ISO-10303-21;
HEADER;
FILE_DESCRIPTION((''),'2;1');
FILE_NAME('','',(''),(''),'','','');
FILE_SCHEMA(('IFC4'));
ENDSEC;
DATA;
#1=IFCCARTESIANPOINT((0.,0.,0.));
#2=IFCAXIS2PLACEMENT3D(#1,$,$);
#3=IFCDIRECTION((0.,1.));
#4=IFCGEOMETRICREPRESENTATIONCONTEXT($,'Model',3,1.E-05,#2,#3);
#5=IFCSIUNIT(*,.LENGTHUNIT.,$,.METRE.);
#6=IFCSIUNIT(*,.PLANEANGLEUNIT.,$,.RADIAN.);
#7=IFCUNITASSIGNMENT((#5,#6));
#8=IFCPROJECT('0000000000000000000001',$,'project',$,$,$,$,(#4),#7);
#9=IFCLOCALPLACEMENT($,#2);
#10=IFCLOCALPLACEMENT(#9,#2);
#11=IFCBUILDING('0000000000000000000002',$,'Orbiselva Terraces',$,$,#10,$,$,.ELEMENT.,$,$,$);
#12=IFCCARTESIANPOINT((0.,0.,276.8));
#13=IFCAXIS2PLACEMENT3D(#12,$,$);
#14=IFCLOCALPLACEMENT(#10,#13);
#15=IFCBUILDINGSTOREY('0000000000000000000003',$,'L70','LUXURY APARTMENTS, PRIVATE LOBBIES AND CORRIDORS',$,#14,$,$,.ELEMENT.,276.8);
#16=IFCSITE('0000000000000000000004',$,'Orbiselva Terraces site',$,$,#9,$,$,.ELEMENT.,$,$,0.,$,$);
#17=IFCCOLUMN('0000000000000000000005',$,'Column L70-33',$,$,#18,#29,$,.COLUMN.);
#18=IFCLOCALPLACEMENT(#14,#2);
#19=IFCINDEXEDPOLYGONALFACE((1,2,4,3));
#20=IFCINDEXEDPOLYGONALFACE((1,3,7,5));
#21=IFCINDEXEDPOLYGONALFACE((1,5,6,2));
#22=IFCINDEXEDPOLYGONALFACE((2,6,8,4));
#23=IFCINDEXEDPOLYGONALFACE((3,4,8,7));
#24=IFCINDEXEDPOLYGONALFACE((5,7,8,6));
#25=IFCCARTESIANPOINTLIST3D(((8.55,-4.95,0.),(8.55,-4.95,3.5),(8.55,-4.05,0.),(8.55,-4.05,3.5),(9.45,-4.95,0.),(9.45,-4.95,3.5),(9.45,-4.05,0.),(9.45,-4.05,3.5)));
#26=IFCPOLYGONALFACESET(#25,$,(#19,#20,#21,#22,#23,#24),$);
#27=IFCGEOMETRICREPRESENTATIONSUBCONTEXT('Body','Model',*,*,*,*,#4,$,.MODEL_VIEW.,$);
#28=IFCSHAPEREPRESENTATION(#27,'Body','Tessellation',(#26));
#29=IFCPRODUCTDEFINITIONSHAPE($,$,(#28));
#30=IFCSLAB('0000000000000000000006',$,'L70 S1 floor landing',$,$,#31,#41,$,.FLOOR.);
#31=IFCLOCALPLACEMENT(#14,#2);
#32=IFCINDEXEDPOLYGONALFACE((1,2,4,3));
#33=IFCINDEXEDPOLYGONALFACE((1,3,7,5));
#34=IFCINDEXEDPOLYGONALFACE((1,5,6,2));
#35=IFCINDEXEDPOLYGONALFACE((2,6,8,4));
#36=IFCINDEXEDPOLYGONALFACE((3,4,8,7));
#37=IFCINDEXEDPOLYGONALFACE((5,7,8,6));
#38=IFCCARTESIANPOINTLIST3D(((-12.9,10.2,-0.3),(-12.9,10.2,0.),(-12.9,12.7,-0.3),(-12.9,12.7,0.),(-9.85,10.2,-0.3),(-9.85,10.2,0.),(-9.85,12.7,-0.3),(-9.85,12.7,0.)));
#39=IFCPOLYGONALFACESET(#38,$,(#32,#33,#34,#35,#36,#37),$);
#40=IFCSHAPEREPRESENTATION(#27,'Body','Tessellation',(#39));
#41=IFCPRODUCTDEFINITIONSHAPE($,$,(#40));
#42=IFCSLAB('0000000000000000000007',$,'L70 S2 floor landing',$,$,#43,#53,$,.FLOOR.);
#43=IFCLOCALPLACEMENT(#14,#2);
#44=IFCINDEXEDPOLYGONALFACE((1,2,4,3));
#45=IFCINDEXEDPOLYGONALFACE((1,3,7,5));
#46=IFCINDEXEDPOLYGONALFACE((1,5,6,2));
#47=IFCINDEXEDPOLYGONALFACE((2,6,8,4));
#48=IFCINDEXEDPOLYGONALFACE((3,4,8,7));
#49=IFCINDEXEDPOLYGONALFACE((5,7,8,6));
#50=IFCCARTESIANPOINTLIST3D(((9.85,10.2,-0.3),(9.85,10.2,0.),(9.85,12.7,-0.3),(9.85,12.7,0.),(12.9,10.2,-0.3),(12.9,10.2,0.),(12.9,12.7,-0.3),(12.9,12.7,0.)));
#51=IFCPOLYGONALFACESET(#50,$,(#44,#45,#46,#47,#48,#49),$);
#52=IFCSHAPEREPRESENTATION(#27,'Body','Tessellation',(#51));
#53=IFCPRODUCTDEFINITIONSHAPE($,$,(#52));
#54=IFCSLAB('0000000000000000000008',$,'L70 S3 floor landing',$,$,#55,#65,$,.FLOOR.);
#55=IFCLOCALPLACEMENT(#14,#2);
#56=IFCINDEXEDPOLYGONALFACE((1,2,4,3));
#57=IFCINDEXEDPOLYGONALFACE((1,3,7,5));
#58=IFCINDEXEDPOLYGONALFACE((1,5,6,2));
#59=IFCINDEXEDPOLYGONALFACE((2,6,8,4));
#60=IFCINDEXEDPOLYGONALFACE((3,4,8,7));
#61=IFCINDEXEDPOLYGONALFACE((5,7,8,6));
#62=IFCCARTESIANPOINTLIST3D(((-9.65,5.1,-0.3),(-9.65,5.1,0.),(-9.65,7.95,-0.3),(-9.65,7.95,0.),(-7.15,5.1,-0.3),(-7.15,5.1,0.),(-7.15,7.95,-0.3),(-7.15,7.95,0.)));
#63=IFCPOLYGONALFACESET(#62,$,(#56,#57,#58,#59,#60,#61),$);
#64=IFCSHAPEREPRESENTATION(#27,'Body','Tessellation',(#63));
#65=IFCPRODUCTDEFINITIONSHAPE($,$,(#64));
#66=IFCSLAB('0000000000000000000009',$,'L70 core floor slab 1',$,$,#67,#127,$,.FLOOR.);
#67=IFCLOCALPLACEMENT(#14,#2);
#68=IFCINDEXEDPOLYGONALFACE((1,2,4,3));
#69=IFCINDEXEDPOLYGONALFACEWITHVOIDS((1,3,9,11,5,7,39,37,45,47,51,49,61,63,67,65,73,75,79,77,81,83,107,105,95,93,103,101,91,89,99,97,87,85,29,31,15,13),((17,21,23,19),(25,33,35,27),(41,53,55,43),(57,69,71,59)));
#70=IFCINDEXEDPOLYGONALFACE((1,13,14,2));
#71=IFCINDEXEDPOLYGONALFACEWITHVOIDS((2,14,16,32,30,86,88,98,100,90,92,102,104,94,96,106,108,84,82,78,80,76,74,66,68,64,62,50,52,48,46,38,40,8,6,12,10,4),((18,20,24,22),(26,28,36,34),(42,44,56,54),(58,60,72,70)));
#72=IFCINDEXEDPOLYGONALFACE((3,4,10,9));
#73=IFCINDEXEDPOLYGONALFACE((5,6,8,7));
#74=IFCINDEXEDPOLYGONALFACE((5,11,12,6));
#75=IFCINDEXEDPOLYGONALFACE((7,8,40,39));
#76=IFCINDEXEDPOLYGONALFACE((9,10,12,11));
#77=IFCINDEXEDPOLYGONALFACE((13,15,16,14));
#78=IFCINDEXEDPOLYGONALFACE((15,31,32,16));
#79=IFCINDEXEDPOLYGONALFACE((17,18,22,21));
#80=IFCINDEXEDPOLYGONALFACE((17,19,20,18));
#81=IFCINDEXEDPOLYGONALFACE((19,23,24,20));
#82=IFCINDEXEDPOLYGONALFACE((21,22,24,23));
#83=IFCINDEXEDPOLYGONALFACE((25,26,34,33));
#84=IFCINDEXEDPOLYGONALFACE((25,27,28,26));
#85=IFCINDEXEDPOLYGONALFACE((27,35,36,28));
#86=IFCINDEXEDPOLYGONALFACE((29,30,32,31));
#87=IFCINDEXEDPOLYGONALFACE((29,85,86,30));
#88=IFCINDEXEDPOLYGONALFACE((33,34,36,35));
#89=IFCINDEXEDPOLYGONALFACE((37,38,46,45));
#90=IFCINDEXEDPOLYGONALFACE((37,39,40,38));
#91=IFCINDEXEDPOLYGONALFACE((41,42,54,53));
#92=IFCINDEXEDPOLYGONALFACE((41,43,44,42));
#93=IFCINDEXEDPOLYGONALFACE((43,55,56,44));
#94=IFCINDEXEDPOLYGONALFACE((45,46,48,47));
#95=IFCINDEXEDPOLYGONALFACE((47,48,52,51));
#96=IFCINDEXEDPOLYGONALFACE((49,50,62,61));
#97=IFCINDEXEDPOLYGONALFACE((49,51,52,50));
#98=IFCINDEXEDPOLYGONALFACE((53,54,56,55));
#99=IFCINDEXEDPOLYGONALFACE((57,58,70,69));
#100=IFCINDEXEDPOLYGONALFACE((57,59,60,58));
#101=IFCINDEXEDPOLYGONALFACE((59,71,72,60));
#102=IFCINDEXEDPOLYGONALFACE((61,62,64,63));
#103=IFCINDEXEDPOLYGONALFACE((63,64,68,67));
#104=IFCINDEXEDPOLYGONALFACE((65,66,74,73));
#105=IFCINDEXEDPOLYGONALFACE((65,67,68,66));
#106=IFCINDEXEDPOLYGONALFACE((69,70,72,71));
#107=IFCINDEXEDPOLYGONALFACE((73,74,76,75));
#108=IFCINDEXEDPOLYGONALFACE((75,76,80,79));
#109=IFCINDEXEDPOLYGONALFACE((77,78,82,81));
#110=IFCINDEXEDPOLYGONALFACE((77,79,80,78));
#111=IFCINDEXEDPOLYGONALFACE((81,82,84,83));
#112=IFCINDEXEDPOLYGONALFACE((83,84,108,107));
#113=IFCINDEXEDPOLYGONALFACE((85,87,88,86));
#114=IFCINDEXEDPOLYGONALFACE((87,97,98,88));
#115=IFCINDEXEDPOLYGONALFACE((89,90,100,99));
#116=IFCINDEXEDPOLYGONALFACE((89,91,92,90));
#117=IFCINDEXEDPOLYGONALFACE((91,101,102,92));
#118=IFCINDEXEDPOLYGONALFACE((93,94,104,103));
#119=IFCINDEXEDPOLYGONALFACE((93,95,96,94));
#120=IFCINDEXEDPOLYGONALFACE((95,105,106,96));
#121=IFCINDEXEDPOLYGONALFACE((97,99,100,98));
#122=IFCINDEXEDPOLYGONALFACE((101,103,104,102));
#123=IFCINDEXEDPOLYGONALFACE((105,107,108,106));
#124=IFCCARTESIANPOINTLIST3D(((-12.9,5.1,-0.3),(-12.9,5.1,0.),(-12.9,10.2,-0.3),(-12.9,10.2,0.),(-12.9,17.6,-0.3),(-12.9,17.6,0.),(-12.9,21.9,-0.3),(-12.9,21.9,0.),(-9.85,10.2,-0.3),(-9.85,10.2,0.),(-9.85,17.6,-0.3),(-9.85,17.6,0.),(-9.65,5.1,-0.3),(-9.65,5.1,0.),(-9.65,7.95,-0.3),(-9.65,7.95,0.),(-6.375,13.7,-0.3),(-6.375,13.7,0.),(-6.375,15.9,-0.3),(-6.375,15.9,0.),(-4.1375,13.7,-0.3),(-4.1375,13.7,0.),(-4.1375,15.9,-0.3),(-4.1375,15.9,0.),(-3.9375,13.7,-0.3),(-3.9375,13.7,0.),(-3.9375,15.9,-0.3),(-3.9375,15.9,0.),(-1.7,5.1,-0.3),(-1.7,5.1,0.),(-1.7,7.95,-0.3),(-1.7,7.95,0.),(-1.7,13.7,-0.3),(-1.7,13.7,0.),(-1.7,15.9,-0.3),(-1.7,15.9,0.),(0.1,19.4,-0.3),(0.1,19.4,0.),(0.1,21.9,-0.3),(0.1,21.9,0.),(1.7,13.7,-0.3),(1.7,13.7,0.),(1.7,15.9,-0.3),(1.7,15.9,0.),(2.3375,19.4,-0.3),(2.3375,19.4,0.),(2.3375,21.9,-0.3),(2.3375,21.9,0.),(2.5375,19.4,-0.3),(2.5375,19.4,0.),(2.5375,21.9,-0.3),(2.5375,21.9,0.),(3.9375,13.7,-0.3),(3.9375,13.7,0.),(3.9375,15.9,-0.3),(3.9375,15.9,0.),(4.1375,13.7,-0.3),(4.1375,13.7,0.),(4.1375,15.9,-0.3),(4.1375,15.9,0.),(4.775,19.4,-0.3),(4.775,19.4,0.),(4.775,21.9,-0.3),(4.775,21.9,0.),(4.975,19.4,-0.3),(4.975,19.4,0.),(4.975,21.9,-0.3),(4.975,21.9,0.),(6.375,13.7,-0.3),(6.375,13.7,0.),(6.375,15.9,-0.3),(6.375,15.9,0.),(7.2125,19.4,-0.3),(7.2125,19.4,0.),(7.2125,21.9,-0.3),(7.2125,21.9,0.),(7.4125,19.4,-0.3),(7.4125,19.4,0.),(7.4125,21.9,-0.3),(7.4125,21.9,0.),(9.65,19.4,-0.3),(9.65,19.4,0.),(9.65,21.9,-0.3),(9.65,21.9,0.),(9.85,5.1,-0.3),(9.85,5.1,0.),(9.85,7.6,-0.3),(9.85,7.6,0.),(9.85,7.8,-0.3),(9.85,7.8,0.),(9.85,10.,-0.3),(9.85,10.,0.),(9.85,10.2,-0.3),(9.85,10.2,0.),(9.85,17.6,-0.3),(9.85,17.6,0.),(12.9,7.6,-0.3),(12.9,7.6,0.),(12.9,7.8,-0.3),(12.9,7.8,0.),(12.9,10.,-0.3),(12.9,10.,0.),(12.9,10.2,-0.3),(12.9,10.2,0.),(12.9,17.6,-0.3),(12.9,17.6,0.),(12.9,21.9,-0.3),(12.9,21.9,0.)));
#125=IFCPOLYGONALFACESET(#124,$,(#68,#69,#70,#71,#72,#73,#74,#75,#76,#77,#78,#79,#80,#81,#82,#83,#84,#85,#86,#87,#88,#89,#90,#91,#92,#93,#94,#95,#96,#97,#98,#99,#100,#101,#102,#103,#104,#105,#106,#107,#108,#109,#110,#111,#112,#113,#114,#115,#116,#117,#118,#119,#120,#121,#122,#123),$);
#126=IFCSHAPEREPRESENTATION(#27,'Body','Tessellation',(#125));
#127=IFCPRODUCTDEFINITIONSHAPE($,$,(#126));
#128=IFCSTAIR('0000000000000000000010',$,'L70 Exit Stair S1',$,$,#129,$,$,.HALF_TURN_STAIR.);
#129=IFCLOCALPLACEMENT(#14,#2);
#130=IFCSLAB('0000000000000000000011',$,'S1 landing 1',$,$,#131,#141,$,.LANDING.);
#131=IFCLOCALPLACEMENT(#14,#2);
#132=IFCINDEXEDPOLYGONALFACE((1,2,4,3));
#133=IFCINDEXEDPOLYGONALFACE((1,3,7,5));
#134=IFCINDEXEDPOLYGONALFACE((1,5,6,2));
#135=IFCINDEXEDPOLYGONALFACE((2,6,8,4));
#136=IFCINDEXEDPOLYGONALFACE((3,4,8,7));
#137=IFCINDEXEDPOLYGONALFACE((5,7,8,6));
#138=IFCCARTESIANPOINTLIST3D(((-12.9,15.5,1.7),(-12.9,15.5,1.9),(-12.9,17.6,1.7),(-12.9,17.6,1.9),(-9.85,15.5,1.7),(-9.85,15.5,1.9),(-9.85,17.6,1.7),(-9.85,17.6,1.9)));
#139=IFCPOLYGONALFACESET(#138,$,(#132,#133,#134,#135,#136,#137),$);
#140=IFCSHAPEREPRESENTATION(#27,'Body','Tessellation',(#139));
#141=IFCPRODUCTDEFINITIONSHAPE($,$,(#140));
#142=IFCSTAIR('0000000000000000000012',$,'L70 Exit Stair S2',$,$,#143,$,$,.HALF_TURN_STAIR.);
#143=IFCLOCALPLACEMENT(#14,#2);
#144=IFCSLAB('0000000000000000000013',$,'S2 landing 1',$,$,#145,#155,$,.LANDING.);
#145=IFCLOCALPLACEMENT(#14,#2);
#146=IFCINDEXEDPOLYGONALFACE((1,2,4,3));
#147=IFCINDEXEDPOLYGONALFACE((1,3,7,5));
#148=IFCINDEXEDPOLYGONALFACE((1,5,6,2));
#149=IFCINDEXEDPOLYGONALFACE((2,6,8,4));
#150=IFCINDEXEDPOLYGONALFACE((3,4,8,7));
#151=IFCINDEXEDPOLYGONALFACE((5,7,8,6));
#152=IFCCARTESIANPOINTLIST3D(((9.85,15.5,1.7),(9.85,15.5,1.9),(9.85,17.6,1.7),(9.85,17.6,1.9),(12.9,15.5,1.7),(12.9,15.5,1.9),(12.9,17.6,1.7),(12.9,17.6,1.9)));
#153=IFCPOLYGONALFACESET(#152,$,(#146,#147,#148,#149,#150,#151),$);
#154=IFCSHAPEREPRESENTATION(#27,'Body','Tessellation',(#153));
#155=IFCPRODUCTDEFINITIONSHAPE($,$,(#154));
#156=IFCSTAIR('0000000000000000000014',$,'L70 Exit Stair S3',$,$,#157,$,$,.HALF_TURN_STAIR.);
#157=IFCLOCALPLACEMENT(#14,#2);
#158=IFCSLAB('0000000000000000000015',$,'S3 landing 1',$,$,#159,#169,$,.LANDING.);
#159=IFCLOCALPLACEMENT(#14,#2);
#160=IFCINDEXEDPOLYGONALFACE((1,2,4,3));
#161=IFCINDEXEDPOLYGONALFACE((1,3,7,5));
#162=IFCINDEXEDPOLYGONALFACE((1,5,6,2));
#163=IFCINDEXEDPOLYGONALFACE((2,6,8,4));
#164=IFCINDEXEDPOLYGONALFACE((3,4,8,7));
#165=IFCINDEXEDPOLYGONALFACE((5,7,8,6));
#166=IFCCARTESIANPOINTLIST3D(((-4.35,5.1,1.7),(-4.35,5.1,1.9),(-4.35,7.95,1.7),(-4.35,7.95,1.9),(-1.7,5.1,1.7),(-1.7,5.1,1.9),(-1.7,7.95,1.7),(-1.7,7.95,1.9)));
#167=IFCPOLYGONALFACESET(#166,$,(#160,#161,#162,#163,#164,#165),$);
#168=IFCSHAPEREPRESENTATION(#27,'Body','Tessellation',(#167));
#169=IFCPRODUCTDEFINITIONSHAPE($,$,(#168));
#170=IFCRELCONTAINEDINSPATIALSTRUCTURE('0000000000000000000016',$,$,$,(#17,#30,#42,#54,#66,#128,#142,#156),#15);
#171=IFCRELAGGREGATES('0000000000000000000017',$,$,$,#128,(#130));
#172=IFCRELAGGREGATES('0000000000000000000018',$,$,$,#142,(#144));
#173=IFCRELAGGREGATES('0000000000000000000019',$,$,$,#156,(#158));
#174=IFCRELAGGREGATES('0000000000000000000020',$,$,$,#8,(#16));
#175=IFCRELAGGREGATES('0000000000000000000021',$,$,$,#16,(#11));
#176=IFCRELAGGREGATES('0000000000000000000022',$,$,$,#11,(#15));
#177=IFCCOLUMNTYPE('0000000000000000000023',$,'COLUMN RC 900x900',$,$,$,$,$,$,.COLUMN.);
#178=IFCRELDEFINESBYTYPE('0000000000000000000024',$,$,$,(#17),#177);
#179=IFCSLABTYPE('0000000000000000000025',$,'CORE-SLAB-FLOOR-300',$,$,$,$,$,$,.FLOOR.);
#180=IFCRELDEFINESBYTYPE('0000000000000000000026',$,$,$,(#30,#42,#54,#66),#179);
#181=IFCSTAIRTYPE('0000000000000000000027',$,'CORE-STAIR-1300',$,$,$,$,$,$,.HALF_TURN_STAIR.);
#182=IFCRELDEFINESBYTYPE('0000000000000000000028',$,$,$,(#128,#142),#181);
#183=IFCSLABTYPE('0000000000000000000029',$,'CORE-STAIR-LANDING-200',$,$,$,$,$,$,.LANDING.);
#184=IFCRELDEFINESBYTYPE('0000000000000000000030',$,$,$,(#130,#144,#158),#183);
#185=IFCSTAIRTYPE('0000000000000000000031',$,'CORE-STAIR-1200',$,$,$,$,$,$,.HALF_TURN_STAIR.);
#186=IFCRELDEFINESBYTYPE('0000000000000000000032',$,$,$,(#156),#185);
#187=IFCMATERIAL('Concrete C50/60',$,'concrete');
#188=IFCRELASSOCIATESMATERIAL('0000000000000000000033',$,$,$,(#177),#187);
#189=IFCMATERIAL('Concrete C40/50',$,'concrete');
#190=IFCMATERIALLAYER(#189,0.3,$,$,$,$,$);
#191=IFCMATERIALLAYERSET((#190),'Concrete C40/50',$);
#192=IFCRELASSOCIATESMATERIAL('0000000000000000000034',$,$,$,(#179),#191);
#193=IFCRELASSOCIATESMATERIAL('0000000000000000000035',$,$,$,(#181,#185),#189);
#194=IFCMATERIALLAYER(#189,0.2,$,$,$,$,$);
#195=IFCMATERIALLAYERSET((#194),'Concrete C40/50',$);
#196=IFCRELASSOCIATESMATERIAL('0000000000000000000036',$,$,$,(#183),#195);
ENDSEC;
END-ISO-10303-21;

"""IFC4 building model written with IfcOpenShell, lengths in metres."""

from ifc_helpers import new_model, si_unit, direction, frame, origin, origin_2d, place, context, subcontext, project, spatial, polyline, rectangle, outline, extrude, material, layer, layer_set, material_profile, profile_set, type_object, element, aggregate, save


model = new_model("IFC4")

# Units and contexts
model_context = context("Model", 3, precision=1e-05, world=origin(), true_north=direction((0.0, 1.0)))
body_context = subcontext(model_context, "Body", "Model", "MODEL_VIEW")
ifc_project = project(units=[si_unit("LENGTHUNIT", "METRE"), si_unit("PLANEANGLEUNIT", "RADIAN")], contexts=[model_context])

# Site, building, storey
site_placement = place(None, origin())
site = spatial("IfcSite", under=ifc_project, at=site_placement, Name="Orbiselva Terraces site", CompositionType="ELEMENT", RefElevation=0.0)
building_placement = place(site_placement, origin())
building = spatial("IfcBuilding", under=site, at=building_placement, Name="Orbiselva Terraces", CompositionType="ELEMENT")
storey_placement = place(building_placement, frame((0.0, 0.0, 276.8)))
storey = spatial("IfcBuildingStorey", under=building, at=storey_placement, Name="L70", Description="LUXURY APARTMENTS, PRIVATE LOBBIES AND CORRIDORS", CompositionType="ELEMENT", Elevation=276.8)

# Column
ifc_material_1 = material(Name="Concrete C50/60", Category="concrete")
ifc_material_profile = material_profile(ifc_material_1, rectangle(XDim=0.9, YDim=0.9, at=origin_2d()), Name="RC 900x900")
ifc_profile_set = profile_set([ifc_material_profile], Name="Concrete C50/60")
column_type = type_object("IfcColumnType", Name="COLUMN RC 900x900", PredefinedType="COLUMN", material=ifc_profile_set)
column_placement = place(storey_placement, frame((9.0, -4.5, 0.0), z_axis=(0.0, 0.0, 1.0), x_axis=(1.0, 0.0, 0.0)))
element("IfcColumn", 1, at=column_placement, inside=storey, type_object=column_type, Name="Column L70-33", PredefinedType="COLUMN", context=body_context, shape_type="SweptSolid", body=[
    extrude(rectangle(XDim=0.9, YDim=0.9, at=origin_2d()), origin(), (0.0, 0.0, 1.0), 3.5),
])

# Slabs
ifc_material_2 = material(Name="Concrete C40/50", Category="concrete")
ifc_layer_1 = layer(ifc_material_2, 0.3)
ifc_layer_set_1 = layer_set([ifc_layer_1], Name="Concrete C40/50")
slab_type_1 = type_object("IfcSlabType", Name="CORE-SLAB-FLOOR-300", PredefinedType="FLOOR", material=ifc_layer_set_1)
slab_1_placement = place(storey_placement, frame((0.0, 0.0, -0.3)))
element("IfcSlab", 2, at=slab_1_placement, inside=storey, type_object=slab_type_1, Name="L70 S1 floor landing", PredefinedType="FLOOR", context=body_context, shape_type="SweptSolid", body=[
    extrude(outline(polyline([(-12.9, 12.7), (-9.85, 12.7), (-9.85, 10.2), (-12.9, 10.2), (-12.9, 12.7)])), origin(), (0.0, 0.0, 1.0), 0.3),
])
slab_2_placement = place(storey_placement, frame((0.0, 0.0, -0.3)))
element("IfcSlab", 3, at=slab_2_placement, inside=storey, type_object=slab_type_1, Name="L70 S2 floor landing", PredefinedType="FLOOR", context=body_context, shape_type="SweptSolid", body=[
    extrude(outline(polyline([(12.9, 12.7), (12.9, 10.2), (9.85, 10.2), (9.85, 12.7), (12.9, 12.7)])), origin(), (0.0, 0.0, 1.0), 0.3),
])
slab_3_placement = place(storey_placement, frame((0.0, 0.0, -0.3)))
element("IfcSlab", 4, at=slab_3_placement, inside=storey, type_object=slab_type_1, Name="L70 S3 floor landing", PredefinedType="FLOOR", context=body_context, shape_type="SweptSolid", body=[
    extrude(outline(polyline([(-7.15, 5.1), (-9.65, 5.1), (-9.65, 7.95), (-7.15, 7.95), (-7.15, 5.1)])), origin(), (0.0, 0.0, 1.0), 0.3),
])
slab_4_placement = place(storey_placement, frame((0.0, 0.0, -0.3)))
element("IfcSlab", 5, at=slab_4_placement, inside=storey, type_object=slab_type_1, Name="L70 core floor slab 1", PredefinedType="FLOOR", context=body_context, shape_type="SweptSolid", body=[
    extrude(outline(polyline([(-1.7, 5.1), (-1.7, 7.95), (-9.65, 7.95), (-9.65, 5.1), (-12.9, 5.1), (-12.9, 10.2), (-9.85, 10.2), (-9.85, 17.6), (-12.9, 17.6), (-12.9, 21.9), (0.1, 21.9), (0.1, 19.4), (2.3375, 19.4), (2.3375, 21.9), (2.5375, 21.9), (2.5375, 19.4), (4.775, 19.4), (4.775, 21.9), (4.975, 21.9), (4.975, 19.4), (7.2125, 19.4), (7.2125, 21.9), (7.4125, 21.9), (7.4125, 19.4), (9.65, 19.4), (9.65, 21.9), (12.9, 21.9), (12.9, 17.6), (9.85, 17.6), (9.85, 10.2), (12.9, 10.2), (12.9, 10.0), (9.85, 10.0), (9.85, 7.8), (12.9, 7.8), (12.9, 7.6), (9.85, 7.6), (9.85, 5.1), (-1.7, 5.1)]), holes=[polyline([(-4.1375, 13.7), (-4.1375, 15.9), (-6.375, 15.9), (-6.375, 13.7), (-4.1375, 13.7)]), polyline([(-1.7, 13.7), (-1.7, 15.9), (-3.9375, 15.9), (-3.9375, 13.7), (-1.7, 13.7)]), polyline([(3.9375, 15.9), (1.7, 15.9), (1.7, 13.7), (3.9375, 13.7), (3.9375, 15.9)]), polyline([(6.375, 13.7), (6.375, 15.9), (4.1375, 15.9), (4.1375, 13.7), (6.375, 13.7)])]), origin(), (0.0, 0.0, 1.0), 0.3),
])

# Stairs, slabs
stair_type_1 = type_object("IfcStairType", Name="CORE-STAIR-1300", PredefinedType="HALF_TURN_STAIR", material=ifc_material_2)
stair_1_placement = place(storey_placement, origin())
stair_1 = element("IfcStair", 6, at=stair_1_placement, inside=storey, type_object=stair_type_1, Name="L70 Exit Stair S1", PredefinedType="HALF_TURN_STAIR")
ifc_layer_2 = layer(ifc_material_2, 0.2)
ifc_layer_set_2 = layer_set([ifc_layer_2], Name="Concrete C40/50")
slab_type_2 = type_object("IfcSlabType", Name="CORE-STAIR-LANDING-200", PredefinedType="LANDING", material=ifc_layer_set_2)
slab_5_placement = place(storey_placement, frame((0.0, 0.0, 1.7)))
slab_5 = element("IfcSlab", 7, at=slab_5_placement, type_object=slab_type_2, Name="S1 landing 1", PredefinedType="LANDING", context=body_context, shape_type="SweptSolid", body=[
    extrude(outline(polyline([(-9.85, 15.5), (-9.85, 17.6), (-12.9, 17.6), (-12.9, 15.5), (-9.85, 15.5)])), origin(), (0.0, 0.0, 1.0), 0.2),
])
aggregate(stair_1, [slab_5])
stair_2_placement = place(storey_placement, origin())
stair_2 = element("IfcStair", 8, at=stair_2_placement, inside=storey, type_object=stair_type_1, Name="L70 Exit Stair S2", PredefinedType="HALF_TURN_STAIR")
slab_6_placement = place(storey_placement, frame((0.0, 0.0, 1.7)))
slab_6 = element("IfcSlab", 9, at=slab_6_placement, type_object=slab_type_2, Name="S2 landing 1", PredefinedType="LANDING", context=body_context, shape_type="SweptSolid", body=[
    extrude(outline(polyline([(12.9, 15.5), (12.9, 17.6), (9.85, 17.6), (9.85, 15.5), (12.9, 15.5)])), origin(), (0.0, 0.0, 1.0), 0.2),
])
aggregate(stair_2, [slab_6])
stair_type_2 = type_object("IfcStairType", Name="CORE-STAIR-1200", PredefinedType="HALF_TURN_STAIR", material=ifc_material_2)
stair_3_placement = place(storey_placement, origin())
stair_3 = element("IfcStair", 10, at=stair_3_placement, inside=storey, type_object=stair_type_2, Name="L70 Exit Stair S3", PredefinedType="HALF_TURN_STAIR")
slab_7_placement = place(storey_placement, frame((0.0, 0.0, 1.7)))
slab_7 = element("IfcSlab", 11, at=slab_7_placement, type_object=slab_type_2, Name="S3 landing 1", PredefinedType="LANDING", context=body_context, shape_type="SweptSolid", body=[
    extrude(outline(polyline([(-4.35, 5.1), (-1.7, 5.1), (-1.7, 7.95), (-4.35, 7.95), (-4.35, 5.1)])), origin(), (0.0, 0.0, 1.0), 0.2),
])
aggregate(stair_3, [slab_7])

save(model, "model.ifc")
